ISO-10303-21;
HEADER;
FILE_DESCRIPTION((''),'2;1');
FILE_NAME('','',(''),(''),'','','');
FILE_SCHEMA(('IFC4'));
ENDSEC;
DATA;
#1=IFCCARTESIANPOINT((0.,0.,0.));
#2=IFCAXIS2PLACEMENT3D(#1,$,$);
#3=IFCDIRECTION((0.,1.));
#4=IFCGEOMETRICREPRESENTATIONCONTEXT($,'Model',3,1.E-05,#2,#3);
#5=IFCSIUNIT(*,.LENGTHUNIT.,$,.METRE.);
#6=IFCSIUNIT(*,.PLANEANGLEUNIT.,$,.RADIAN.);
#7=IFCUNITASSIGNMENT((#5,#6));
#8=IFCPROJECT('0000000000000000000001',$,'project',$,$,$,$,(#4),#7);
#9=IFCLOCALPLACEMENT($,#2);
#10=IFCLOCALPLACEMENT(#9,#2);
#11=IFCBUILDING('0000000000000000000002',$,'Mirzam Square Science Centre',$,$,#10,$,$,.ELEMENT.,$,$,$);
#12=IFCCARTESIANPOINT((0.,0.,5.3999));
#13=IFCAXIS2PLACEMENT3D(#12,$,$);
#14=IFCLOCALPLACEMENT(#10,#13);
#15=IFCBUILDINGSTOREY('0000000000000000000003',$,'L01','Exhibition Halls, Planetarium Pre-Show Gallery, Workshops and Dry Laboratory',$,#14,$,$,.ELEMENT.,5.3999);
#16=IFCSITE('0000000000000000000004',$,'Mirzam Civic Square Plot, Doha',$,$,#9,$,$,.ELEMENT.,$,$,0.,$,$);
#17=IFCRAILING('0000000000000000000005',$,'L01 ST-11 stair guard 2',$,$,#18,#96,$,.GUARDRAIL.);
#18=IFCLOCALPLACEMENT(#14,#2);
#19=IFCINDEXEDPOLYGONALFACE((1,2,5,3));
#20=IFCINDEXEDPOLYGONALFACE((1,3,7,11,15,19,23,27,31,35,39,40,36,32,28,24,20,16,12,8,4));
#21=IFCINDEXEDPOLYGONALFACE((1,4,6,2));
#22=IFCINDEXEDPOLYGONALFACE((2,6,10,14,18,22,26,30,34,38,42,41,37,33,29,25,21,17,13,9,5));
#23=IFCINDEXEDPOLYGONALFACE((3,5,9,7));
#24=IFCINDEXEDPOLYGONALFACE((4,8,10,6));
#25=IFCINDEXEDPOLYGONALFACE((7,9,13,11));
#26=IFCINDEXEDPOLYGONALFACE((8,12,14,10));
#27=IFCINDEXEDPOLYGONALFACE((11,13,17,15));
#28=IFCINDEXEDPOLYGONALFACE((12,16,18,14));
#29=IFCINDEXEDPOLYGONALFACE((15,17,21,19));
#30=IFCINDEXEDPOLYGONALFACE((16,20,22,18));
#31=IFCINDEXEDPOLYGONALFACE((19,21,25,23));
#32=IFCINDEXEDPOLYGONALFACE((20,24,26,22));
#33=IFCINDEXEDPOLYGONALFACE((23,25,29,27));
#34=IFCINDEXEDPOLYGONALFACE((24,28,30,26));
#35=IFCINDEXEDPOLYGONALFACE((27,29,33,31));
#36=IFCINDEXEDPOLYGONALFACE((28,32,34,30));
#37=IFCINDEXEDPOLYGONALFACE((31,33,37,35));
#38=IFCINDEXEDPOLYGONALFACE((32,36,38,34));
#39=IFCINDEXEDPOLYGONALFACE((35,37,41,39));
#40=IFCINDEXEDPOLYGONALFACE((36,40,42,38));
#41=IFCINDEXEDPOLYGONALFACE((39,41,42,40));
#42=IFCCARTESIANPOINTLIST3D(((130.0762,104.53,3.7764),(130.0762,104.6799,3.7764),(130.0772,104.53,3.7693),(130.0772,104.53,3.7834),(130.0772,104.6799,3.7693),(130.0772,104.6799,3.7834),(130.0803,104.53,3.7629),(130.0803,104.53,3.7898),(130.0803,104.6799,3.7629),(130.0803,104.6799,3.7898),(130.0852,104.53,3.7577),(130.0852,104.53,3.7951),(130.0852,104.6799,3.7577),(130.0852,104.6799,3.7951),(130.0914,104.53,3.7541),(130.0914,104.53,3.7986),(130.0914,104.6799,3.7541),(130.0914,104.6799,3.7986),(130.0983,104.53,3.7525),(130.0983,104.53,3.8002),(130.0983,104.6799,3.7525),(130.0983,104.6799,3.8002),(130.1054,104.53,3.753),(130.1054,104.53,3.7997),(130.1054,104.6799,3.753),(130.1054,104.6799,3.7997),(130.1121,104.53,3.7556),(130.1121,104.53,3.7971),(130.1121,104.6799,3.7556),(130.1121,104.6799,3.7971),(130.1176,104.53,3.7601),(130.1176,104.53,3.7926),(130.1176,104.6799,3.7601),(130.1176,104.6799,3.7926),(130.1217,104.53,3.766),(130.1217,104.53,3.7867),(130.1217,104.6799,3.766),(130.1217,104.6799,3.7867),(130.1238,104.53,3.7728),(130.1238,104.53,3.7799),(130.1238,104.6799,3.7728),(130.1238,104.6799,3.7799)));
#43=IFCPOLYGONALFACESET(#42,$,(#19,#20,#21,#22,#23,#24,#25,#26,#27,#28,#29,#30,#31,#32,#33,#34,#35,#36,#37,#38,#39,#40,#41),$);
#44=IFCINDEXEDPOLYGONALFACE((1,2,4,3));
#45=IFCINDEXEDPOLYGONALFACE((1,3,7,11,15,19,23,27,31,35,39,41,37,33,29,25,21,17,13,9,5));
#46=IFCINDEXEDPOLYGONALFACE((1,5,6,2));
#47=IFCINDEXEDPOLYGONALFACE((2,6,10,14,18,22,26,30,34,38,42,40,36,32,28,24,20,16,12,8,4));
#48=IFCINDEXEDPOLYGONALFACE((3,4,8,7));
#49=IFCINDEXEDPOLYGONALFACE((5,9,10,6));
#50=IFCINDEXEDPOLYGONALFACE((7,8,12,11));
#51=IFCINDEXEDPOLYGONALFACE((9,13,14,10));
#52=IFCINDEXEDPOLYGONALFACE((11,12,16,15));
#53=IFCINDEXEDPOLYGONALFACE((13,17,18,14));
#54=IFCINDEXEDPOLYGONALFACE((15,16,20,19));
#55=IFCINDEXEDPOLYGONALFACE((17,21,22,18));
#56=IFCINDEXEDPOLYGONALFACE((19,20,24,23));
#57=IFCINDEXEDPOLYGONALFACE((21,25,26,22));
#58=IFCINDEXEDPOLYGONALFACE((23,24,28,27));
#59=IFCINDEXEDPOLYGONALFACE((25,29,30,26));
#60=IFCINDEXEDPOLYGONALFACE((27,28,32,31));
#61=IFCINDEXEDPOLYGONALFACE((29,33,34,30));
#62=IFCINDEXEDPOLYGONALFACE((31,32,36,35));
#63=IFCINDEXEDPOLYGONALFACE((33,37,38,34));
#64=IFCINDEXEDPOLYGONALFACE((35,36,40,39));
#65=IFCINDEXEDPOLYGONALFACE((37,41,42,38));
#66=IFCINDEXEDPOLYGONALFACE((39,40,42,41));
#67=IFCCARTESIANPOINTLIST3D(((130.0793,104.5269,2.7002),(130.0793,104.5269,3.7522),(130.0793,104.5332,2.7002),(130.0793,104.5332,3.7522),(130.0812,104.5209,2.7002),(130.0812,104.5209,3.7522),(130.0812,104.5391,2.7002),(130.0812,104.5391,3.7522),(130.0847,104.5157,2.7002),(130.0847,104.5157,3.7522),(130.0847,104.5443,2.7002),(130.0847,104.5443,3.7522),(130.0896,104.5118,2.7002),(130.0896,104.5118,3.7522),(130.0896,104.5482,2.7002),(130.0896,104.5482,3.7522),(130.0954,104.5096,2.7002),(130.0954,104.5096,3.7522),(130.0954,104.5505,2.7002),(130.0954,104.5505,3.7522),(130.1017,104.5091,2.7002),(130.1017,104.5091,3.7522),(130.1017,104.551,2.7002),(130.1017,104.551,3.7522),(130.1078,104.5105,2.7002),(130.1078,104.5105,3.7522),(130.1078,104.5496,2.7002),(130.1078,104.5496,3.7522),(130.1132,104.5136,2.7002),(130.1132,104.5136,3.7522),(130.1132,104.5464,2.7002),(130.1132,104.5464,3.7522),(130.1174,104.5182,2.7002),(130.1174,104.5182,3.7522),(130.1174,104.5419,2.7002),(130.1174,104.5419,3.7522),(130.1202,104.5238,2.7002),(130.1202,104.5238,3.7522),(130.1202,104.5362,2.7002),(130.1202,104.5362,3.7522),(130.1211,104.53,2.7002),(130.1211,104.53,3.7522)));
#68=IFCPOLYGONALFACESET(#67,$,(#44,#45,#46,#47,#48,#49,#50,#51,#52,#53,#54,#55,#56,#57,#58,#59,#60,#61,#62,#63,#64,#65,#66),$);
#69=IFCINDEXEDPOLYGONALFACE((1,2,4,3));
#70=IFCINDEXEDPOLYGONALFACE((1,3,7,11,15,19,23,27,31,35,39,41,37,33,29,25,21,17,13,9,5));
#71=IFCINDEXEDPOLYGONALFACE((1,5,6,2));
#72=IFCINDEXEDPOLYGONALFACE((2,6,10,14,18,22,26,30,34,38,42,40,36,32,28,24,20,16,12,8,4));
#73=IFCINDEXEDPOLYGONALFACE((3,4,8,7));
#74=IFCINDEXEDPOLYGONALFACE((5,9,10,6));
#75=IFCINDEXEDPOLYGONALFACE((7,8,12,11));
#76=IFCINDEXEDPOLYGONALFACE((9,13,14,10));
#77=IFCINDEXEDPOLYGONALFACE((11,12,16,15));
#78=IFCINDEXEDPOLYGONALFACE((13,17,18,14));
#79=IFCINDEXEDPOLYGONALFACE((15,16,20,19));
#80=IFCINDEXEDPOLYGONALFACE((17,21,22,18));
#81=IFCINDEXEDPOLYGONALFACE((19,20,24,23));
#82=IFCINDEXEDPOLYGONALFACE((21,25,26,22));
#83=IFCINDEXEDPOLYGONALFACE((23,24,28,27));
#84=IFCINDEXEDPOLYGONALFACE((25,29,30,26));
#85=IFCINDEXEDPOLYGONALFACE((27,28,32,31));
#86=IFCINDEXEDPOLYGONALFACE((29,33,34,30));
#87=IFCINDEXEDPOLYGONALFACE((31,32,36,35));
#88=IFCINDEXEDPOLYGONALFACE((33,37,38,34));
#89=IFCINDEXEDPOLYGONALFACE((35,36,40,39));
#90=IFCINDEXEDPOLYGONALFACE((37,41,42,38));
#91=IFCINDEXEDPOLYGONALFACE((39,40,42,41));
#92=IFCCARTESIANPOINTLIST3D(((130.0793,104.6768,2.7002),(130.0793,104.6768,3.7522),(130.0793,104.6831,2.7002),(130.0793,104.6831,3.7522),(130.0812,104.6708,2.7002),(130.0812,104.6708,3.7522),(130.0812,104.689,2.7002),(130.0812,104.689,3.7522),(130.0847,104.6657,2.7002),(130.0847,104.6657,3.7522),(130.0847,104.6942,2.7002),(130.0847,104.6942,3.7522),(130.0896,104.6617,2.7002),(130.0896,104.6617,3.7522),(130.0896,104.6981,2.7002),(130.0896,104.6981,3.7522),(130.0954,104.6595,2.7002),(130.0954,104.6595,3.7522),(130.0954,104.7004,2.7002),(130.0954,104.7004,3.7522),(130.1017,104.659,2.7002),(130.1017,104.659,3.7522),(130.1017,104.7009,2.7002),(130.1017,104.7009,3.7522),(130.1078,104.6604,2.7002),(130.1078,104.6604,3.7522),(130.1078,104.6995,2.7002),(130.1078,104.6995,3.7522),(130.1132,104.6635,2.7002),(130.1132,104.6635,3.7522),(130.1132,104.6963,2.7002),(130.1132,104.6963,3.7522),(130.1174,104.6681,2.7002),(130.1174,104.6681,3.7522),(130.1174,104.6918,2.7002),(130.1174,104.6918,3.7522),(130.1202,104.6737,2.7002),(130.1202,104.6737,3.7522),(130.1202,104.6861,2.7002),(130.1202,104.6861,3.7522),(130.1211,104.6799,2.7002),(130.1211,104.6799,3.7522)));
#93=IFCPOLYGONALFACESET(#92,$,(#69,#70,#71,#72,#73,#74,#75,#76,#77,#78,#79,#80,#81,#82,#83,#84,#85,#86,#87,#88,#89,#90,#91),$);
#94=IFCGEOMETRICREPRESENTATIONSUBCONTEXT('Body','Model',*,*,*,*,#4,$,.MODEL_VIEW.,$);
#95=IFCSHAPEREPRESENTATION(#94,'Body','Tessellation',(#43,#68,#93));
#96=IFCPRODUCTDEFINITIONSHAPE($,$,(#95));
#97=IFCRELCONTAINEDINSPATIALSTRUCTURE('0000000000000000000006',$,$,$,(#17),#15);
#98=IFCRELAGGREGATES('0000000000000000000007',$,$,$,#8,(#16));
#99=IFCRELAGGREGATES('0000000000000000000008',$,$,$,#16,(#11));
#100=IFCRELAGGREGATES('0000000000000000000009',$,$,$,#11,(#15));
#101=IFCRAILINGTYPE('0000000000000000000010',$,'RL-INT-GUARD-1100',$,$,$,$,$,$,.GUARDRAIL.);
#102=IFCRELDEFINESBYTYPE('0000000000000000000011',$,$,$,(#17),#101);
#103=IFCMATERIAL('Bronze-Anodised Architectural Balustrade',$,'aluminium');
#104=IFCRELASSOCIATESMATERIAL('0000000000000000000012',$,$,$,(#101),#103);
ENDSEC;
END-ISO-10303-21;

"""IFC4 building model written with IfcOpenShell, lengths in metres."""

from ifc_helpers import new_model, si_unit, direction, frame, origin, origin_2d, place, context, subcontext, project, spatial, circle, extrude, material, type_object, element, save


model = new_model("IFC4")

# Units and contexts
model_context = context("Model", 3, precision=1e-05, world=origin(), true_north=direction((0.0, 1.0)))
body_context = subcontext(model_context, "Body", "Model", "MODEL_VIEW")
ifc_project = project(units=[si_unit("LENGTHUNIT", "METRE"), si_unit("PLANEANGLEUNIT", "RADIAN")], contexts=[model_context])

# Site, building, storey
site_placement = place(None, origin())
site = spatial("IfcSite", under=ifc_project, at=site_placement, Name="Mirzam Civic Square Plot, Doha", CompositionType="ELEMENT", RefElevation=0.0)
building_placement = place(site_placement, origin())
building = spatial("IfcBuilding", under=site, at=building_placement, Name="Mirzam Square Science Centre", CompositionType="ELEMENT")
storey_placement = place(building_placement, frame((0.0, 0.0, 5.3999)))
storey = spatial("IfcBuildingStorey", under=building, at=storey_placement, Name="L01", Description="Exhibition Halls, Planetarium Pre-Show Gallery, Workshops and Dry Laboratory", CompositionType="ELEMENT", Elevation=5.3999)

# Railing
ifc_material_1 = material(Name="Bronze-Anodised Architectural Balustrade", Category="aluminium")
railing_type_1 = type_object("IfcRailingType", Name="RL-INT-GUARD-1100", PredefinedType="GUARDRAIL", material=ifc_material_1)
railing_1_placement = place(storey_placement, frame((130.1001, 104.53, 2.7002)))
element("IfcRailing", 1, at=railing_1_placement, inside=storey, type_object=railing_type_1, Name="L01 ST-11 stair guard 2", PredefinedType="GUARDRAIL", context=body_context, shape_type="SweptSolid", body=[
    extrude(circle(Radius=0.0239, at=origin_2d()), frame((0.0, 0.0, 1.0762), z_axis=(0.0, 1.0, 0.0), x_axis=(-1.0, 0.0, 0.0)), (0.0, 0.0, 1.0), 0.1499),
    extrude(circle(Radius=0.021, at=origin_2d()), origin(), (0.0, 0.0, 1.0), 1.052),
    extrude(circle(Radius=0.021, at=origin_2d()), frame((0.0, 0.1499, 0.0)), (0.0, 0.0, 1.0), 1.052),
])

save(model, "model.ifc")
